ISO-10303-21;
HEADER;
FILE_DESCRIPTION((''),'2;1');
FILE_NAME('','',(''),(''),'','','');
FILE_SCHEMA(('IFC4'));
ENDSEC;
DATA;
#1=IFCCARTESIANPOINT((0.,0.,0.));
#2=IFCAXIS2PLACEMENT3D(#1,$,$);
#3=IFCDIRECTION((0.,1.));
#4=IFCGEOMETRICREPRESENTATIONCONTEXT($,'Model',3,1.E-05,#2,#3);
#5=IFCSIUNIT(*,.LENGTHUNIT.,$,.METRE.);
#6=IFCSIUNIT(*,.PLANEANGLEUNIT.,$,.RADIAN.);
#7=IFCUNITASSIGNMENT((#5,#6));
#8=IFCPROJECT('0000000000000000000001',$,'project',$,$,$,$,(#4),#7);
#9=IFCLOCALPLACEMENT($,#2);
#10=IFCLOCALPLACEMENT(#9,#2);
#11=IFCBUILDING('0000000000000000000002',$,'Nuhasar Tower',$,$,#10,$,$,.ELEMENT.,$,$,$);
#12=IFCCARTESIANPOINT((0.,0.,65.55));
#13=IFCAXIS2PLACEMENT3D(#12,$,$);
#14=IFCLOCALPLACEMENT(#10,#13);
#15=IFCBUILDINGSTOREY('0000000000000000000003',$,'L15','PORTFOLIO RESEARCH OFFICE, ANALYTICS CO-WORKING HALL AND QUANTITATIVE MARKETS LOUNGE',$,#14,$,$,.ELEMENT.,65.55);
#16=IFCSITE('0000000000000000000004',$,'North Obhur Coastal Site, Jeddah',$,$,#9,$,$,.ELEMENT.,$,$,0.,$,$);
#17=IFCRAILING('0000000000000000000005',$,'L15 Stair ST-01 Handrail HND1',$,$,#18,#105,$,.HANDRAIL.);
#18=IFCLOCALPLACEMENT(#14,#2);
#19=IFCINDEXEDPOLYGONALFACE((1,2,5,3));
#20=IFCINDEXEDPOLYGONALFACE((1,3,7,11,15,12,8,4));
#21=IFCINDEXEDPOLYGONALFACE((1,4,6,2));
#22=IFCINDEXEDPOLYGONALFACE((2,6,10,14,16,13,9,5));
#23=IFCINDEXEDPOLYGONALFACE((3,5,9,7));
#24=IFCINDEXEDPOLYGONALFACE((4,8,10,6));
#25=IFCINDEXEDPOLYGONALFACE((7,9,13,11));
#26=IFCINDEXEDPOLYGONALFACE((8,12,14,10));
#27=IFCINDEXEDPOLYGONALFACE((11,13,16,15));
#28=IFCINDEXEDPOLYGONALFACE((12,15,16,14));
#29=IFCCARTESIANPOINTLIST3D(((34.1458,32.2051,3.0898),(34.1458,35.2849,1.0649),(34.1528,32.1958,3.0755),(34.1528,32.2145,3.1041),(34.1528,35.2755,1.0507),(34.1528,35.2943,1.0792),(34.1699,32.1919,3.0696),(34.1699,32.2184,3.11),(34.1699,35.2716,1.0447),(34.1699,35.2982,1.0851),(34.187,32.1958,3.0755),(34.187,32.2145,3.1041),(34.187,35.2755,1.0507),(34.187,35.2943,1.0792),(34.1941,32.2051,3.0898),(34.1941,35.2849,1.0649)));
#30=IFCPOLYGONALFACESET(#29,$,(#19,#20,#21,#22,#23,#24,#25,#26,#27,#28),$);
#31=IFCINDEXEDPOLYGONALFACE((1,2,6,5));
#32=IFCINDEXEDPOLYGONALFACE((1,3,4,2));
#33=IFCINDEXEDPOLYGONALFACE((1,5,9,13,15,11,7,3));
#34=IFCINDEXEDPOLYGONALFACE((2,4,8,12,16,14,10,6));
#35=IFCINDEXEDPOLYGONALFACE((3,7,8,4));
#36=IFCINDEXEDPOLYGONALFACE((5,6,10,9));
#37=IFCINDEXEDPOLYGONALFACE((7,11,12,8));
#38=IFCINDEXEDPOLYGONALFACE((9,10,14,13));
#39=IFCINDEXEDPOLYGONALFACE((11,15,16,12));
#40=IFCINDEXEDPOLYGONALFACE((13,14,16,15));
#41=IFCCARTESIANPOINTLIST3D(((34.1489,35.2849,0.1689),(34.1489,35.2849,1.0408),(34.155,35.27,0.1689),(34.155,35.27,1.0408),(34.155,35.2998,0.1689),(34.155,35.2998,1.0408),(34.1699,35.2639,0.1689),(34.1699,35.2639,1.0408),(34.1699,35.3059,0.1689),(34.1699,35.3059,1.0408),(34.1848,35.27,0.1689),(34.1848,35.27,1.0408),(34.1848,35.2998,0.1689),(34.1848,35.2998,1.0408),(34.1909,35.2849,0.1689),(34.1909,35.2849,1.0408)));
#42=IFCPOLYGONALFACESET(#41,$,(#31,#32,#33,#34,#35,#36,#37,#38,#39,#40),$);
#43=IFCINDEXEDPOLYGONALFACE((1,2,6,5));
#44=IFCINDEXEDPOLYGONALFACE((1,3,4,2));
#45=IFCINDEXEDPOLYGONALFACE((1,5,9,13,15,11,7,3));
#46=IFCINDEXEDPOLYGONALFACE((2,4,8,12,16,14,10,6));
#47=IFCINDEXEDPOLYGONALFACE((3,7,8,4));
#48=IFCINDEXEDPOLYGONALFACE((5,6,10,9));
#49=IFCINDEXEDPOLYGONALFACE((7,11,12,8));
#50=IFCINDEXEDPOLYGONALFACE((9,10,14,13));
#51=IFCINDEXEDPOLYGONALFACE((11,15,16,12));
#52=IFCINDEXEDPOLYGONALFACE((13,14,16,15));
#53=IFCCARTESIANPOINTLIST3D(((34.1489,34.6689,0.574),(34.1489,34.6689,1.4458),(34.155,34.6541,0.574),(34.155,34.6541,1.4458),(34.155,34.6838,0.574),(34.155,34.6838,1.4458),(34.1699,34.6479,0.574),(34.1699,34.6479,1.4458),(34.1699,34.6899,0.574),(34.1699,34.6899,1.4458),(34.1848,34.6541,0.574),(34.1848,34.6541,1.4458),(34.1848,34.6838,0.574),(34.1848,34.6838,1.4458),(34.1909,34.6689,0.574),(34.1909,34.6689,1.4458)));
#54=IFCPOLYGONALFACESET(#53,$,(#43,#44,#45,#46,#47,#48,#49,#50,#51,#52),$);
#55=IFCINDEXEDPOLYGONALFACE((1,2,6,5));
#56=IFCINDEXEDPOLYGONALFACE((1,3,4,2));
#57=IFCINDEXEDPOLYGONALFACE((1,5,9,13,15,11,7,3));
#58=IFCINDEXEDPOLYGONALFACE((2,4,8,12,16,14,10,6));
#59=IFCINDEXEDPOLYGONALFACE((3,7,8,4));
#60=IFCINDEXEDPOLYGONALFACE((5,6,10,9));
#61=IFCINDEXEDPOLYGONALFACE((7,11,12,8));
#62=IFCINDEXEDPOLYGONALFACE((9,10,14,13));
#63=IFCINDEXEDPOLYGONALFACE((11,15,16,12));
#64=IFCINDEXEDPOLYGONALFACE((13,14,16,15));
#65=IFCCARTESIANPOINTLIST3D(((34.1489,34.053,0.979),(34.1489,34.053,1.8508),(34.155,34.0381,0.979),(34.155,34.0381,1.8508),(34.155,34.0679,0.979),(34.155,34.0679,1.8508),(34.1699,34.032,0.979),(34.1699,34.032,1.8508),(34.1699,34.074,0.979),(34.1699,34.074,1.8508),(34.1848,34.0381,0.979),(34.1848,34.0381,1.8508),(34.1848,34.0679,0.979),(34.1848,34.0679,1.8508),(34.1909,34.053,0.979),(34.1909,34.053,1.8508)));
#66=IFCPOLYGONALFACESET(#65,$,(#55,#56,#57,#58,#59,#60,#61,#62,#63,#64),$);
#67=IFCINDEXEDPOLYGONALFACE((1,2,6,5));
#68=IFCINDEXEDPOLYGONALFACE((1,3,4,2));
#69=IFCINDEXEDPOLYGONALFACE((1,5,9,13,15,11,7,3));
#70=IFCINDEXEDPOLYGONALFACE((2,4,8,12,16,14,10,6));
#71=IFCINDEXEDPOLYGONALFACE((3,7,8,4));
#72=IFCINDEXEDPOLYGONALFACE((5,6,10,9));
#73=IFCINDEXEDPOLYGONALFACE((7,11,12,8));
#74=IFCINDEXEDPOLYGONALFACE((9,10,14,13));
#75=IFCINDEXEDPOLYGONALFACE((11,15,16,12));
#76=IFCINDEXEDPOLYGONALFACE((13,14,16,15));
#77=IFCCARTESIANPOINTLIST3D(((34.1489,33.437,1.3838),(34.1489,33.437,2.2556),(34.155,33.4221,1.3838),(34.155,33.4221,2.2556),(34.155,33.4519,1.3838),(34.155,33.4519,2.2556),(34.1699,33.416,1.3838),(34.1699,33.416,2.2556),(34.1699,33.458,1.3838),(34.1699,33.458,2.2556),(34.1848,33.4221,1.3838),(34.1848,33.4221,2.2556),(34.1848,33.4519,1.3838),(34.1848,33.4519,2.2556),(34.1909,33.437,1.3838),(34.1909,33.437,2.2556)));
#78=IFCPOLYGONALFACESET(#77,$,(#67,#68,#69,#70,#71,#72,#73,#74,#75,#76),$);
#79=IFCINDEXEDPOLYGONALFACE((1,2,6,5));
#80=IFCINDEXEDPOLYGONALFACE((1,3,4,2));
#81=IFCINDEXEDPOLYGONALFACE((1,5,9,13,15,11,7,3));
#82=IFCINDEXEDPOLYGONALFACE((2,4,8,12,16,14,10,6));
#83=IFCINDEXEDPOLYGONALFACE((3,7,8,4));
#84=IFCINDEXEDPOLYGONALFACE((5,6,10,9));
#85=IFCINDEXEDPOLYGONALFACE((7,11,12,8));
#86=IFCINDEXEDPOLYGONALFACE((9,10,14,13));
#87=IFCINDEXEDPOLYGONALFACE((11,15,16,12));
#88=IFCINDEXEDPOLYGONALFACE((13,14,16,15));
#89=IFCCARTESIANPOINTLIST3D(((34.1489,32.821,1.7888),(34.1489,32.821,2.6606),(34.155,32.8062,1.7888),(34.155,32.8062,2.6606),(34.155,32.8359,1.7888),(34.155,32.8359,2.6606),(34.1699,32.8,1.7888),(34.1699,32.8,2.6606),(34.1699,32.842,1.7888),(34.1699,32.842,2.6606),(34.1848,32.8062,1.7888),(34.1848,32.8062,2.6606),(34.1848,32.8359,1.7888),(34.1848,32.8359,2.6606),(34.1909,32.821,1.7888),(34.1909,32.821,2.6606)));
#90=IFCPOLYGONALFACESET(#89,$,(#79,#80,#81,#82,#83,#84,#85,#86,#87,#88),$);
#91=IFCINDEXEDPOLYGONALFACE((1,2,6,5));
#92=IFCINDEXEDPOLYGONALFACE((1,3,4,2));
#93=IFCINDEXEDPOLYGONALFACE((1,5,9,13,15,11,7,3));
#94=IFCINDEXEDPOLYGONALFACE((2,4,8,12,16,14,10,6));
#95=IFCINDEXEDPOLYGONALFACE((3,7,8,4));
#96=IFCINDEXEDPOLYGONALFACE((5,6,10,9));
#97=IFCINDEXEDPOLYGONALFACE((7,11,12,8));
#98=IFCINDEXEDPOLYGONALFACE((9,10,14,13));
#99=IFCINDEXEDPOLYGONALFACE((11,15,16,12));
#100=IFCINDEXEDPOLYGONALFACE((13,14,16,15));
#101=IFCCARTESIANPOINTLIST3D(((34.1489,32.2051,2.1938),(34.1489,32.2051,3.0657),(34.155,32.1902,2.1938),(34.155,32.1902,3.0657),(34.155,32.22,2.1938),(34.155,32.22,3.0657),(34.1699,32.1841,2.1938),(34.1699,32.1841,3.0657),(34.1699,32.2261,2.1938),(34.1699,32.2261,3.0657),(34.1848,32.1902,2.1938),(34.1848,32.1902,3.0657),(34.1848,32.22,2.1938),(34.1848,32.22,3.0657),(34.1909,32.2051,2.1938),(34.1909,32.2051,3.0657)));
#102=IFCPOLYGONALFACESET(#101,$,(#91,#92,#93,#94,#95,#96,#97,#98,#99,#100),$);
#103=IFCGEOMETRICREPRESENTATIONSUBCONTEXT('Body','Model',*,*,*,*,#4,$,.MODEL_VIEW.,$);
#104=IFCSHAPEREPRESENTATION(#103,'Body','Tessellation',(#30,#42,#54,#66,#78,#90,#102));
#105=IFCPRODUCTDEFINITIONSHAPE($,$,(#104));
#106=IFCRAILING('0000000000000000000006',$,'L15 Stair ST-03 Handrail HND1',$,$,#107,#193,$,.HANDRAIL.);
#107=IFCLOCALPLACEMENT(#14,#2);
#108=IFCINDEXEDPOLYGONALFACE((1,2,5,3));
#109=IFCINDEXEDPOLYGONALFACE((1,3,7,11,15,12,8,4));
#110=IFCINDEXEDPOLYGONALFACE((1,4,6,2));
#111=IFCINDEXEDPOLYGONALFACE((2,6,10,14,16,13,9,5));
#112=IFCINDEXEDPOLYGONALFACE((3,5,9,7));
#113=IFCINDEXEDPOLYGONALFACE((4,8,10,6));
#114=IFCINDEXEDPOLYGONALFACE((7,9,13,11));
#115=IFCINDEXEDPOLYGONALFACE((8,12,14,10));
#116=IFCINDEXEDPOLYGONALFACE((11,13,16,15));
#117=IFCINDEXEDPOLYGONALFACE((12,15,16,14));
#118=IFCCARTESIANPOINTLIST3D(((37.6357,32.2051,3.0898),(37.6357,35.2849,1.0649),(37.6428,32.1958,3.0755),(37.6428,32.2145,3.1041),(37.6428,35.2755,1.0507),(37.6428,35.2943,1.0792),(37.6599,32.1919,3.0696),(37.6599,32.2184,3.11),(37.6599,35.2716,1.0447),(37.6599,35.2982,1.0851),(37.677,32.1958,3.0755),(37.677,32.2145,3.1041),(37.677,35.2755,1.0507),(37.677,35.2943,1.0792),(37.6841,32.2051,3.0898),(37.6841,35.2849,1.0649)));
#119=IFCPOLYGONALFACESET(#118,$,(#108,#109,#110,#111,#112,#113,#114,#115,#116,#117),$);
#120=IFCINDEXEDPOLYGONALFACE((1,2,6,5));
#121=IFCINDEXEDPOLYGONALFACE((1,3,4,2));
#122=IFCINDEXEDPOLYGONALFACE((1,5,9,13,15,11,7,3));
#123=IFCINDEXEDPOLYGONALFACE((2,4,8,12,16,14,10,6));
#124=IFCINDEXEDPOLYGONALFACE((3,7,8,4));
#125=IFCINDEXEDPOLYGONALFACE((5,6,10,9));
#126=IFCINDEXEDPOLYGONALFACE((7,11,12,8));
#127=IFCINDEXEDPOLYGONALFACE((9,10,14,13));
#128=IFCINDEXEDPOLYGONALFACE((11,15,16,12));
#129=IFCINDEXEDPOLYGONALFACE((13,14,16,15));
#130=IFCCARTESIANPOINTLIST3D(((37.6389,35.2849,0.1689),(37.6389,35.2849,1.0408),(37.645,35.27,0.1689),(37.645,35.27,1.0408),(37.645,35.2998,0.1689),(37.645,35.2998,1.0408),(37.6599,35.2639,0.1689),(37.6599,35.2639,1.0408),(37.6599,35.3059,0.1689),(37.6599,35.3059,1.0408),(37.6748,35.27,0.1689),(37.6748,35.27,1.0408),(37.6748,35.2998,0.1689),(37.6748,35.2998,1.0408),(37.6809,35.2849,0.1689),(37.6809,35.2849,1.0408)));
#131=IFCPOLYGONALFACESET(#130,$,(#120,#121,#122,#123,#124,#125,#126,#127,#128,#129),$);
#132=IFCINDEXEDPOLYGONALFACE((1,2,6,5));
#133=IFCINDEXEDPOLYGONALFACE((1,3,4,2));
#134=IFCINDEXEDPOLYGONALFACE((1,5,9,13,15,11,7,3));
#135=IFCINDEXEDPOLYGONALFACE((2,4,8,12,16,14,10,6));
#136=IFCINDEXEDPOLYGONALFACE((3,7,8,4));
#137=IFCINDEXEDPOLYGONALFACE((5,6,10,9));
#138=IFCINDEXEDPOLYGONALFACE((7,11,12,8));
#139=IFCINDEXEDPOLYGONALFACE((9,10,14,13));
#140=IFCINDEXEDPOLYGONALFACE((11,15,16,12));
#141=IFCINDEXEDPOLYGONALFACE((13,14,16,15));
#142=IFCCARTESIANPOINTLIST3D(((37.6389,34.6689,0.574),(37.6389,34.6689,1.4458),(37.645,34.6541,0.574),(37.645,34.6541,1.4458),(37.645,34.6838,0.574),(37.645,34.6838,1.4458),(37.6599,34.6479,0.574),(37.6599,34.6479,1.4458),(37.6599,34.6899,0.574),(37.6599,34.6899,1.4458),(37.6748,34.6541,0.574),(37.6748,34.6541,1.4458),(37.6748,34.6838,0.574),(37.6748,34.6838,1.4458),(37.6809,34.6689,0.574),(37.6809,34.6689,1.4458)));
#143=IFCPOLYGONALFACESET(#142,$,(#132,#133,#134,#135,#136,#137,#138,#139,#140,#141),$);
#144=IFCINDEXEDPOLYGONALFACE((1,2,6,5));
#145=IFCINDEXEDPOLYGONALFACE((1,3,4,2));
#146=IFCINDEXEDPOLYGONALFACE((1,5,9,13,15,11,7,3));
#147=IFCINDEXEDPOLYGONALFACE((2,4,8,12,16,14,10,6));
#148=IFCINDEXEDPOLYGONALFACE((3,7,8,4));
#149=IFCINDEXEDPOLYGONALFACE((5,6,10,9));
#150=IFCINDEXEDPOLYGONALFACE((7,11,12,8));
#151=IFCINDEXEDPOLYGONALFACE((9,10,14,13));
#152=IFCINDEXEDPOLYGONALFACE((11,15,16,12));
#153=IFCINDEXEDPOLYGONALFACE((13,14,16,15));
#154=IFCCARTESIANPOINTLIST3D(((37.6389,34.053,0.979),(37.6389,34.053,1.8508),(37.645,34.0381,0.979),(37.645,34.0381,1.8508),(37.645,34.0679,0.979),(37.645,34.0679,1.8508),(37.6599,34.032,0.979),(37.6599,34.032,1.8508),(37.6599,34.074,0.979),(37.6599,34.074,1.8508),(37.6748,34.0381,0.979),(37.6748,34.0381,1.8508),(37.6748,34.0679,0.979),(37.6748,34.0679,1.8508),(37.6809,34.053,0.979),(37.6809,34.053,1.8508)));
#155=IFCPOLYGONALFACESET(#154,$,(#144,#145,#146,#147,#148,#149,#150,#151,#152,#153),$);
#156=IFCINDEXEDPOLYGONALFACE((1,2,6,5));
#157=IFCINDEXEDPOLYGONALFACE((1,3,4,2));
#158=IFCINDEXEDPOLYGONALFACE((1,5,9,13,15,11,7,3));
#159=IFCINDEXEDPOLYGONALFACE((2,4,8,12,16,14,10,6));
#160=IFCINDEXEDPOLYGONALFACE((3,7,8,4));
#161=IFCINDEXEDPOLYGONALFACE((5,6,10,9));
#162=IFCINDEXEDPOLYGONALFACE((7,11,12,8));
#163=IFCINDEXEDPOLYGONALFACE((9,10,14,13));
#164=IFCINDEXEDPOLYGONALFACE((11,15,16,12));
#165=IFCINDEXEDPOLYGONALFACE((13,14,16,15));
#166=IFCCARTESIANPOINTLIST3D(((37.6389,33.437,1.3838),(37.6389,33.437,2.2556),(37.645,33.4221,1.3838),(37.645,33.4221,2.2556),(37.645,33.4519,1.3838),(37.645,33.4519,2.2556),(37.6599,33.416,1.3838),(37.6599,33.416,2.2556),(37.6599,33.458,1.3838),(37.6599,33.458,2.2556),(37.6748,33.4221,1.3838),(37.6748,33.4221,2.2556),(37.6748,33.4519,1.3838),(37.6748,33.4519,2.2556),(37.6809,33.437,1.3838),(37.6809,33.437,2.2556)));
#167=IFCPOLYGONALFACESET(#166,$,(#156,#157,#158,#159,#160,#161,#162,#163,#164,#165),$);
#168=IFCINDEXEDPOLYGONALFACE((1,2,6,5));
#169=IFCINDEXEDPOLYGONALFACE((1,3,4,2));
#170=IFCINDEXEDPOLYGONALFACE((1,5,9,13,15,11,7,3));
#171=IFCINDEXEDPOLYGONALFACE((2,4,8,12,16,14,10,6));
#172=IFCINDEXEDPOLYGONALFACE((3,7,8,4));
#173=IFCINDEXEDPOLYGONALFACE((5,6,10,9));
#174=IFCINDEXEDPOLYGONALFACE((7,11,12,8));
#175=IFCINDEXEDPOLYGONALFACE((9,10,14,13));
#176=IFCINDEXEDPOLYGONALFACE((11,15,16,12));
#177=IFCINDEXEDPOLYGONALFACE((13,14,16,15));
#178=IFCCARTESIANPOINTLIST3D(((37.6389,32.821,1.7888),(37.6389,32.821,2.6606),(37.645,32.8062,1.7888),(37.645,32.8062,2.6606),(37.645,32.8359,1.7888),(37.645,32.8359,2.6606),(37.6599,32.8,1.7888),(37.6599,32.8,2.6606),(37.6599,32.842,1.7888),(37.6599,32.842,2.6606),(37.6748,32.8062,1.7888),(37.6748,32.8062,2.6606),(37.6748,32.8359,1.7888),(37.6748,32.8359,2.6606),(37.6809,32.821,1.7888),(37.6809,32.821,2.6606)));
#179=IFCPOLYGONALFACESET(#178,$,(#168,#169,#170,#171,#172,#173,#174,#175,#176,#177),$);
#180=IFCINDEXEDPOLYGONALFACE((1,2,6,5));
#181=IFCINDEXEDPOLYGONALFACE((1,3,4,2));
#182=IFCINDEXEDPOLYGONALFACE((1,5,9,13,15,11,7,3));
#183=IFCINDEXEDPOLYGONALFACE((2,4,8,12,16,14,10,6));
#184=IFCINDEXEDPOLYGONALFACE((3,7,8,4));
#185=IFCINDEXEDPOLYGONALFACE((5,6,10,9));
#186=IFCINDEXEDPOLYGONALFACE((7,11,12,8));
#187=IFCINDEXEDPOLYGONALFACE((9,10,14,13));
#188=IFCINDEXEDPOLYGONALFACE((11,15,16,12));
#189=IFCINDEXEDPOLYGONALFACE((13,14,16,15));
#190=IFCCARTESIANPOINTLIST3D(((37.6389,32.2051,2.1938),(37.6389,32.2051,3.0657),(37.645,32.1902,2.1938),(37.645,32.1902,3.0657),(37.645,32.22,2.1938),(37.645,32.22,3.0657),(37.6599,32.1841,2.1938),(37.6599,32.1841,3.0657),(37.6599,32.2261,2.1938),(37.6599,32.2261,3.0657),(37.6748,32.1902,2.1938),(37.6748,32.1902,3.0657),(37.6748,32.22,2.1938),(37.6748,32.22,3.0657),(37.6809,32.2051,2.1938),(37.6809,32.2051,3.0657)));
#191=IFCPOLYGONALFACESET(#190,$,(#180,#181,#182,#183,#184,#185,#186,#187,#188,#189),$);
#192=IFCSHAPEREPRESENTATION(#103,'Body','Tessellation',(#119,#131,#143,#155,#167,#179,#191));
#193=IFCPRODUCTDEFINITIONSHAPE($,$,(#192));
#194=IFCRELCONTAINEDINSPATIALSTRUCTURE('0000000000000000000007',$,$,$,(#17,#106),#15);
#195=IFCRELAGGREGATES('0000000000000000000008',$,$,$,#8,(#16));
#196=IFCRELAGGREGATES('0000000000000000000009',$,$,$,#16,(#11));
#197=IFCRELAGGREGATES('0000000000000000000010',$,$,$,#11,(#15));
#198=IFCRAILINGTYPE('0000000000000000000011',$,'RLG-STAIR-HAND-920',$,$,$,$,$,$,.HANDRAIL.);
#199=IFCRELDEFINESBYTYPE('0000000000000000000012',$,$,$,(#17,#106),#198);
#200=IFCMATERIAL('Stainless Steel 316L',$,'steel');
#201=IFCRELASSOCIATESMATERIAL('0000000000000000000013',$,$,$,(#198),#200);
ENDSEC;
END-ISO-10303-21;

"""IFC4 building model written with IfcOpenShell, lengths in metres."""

from ifc_helpers import new_model, si_unit, direction, frame, origin, place, context, subcontext, project, spatial, polyline, outline, extrude, material, type_object, element, save


model = new_model("IFC4")

# Units and contexts
model_context = context("Model", 3, precision=1e-05, world=origin(), true_north=direction((0.0, 1.0)))
body_context = subcontext(model_context, "Body", "Model", "MODEL_VIEW")
ifc_project = project(units=[si_unit("LENGTHUNIT", "METRE"), si_unit("PLANEANGLEUNIT", "RADIAN")], contexts=[model_context])

# Site, building, storey
site_placement = place(None, origin())
site = spatial("IfcSite", under=ifc_project, at=site_placement, Name="North Obhur Coastal Site, Jeddah", CompositionType="ELEMENT", RefElevation=0.0)
building_placement = place(site_placement, origin())
building = spatial("IfcBuilding", under=site, at=building_placement, Name="Nuhasar Tower", CompositionType="ELEMENT")
storey_placement = place(building_placement, frame((0.0, 0.0, 65.55)))
storey = spatial("IfcBuildingStorey", under=building, at=storey_placement, Name="L15", Description="PORTFOLIO RESEARCH OFFICE, ANALYTICS CO-WORKING HALL AND QUANTITATIVE MARKETS LOUNGE", CompositionType="ELEMENT", Elevation=65.55)

# Railings
ifc_material_1 = material(Name="Stainless Steel 316L", Category="steel")
railing_type_1 = type_object("IfcRailingType", Name="RLG-STAIR-HAND-920", PredefinedType="HANDRAIL", material=ifc_material_1)
railing_1_placement = place(storey_placement, frame((34.1699, 35.2849, 0.1689)))
element("IfcRailing", 1, at=railing_1_placement, inside=storey, type_object=railing_type_1, Name="L15 Stair ST-01 Handrail HND1", PredefinedType="HANDRAIL", context=body_context, shape_type="SweptSolid", body=[
    extrude(outline(polyline([(0.0242, 0.0), (0.0171, 0.0171), (0.0, 0.0242), (-0.0171, 0.0171), (-0.0242, 0.0), (-0.0171, -0.0171), (0.0, -0.0242), (0.0171, -0.0171), (0.0242, 0.0)])), frame((0.0, 0.0, 0.896), z_axis=(0.0, -0.83558, 0.54937), x_axis=(1.0, 0.0, 0.0)), (0.0, 0.0, 1.0), 3.6858),
    extrude(outline(polyline([(0.021, 0.0), (0.0149, 0.0149), (0.0, 0.021), (-0.0149, 0.0149), (-0.021, 0.0), (-0.0149, -0.0149), (0.0, -0.021), (0.0149, -0.0149), (0.021, 0.0)])), origin(), (0.0, 0.0, 1.0), 0.8718),
    extrude(outline(polyline([(0.021, 0.0), (0.0149, 0.0149), (0.0, 0.021), (-0.0149, 0.0149), (-0.021, 0.0), (-0.0149, -0.0149), (0.0, -0.021), (0.0149, -0.0149), (0.021, 0.0)])), frame((0.0, -0.616, 0.405)), (0.0, 0.0, 1.0), 0.8718),
    extrude(outline(polyline([(0.021, 0.0), (0.0149, 0.0149), (0.0, 0.021), (-0.0149, 0.0149), (-0.021, 0.0), (-0.0149, -0.0149), (0.0, -0.021), (0.0149, -0.0149), (0.021, 0.0)])), frame((0.0, -1.2319, 0.8101)), (0.0, 0.0, 1.0), 0.8718),
    extrude(outline(polyline([(0.021, 0.0), (0.0149, 0.0149), (0.0, 0.021), (-0.0149, 0.0149), (-0.021, 0.0), (-0.0149, -0.0149), (0.0, -0.021), (0.0149, -0.0149), (0.021, 0.0)])), frame((0.0, -1.8479, 1.2148)), (0.0, 0.0, 1.0), 0.8718),
    extrude(outline(polyline([(0.021, 0.0), (0.0149, 0.0149), (0.0, 0.021), (-0.0149, 0.0149), (-0.021, 0.0), (-0.0149, -0.0149), (0.0, -0.021), (0.0149, -0.0149), (0.021, 0.0)])), frame((0.0, -2.4639, 1.6199)), (0.0, 0.0, 1.0), 0.8718),
    extrude(outline(polyline([(0.021, 0.0), (0.0149, 0.0149), (0.0, 0.021), (-0.0149, 0.0149), (-0.021, 0.0), (-0.0149, -0.0149), (0.0, -0.021), (0.0149, -0.0149), (0.021, 0.0)])), frame((0.0, -3.0798, 2.0249)), (0.0, 0.0, 1.0), 0.8718),
])
railing_2_placement = place(storey_placement, frame((37.6599, 35.2849, 0.1689)))
element("IfcRailing", 2, at=railing_2_placement, inside=storey, type_object=railing_type_1, Name="L15 Stair ST-03 Handrail HND1", PredefinedType="HANDRAIL", context=body_context, shape_type="SweptSolid", body=[
    extrude(outline(polyline([(0.0242, 0.0), (0.0171, 0.0171), (0.0, 0.0242), (-0.0171, 0.0171), (-0.0242, 0.0), (-0.0171, -0.0171), (0.0, -0.0242), (0.0171, -0.0171), (0.0242, 0.0)])), frame((0.0, 0.0, 0.896), z_axis=(0.0, -0.83558, 0.54937), x_axis=(1.0, 0.0, 0.0)), (0.0, 0.0, 1.0), 3.6858),
    extrude(outline(polyline([(0.021, 0.0), (0.0149, 0.0149), (0.0, 0.021), (-0.0149, 0.0149), (-0.021, 0.0), (-0.0149, -0.0149), (0.0, -0.021), (0.0149, -0.0149), (0.021, 0.0)])), origin(), (0.0, 0.0, 1.0), 0.8718),
    extrude(outline(polyline([(0.021, 0.0), (0.0149, 0.0149), (0.0, 0.021), (-0.0149, 0.0149), (-0.021, 0.0), (-0.0149, -0.0149), (0.0, -0.021), (0.0149, -0.0149), (0.021, 0.0)])), frame((0.0, -0.616, 0.405)), (0.0, 0.0, 1.0), 0.8718),
    extrude(outline(polyline([(0.021, 0.0), (0.0149, 0.0149), (0.0, 0.021), (-0.0149, 0.0149), (-0.021, 0.0), (-0.0149, -0.0149), (0.0, -0.021), (0.0149, -0.0149), (0.021, 0.0)])), frame((0.0, -1.2319, 0.8101)), (0.0, 0.0, 1.0), 0.8718),
    extrude(outline(polyline([(0.021, 0.0), (0.0149, 0.0149), (0.0, 0.021), (-0.0149, 0.0149), (-0.021, 0.0), (-0.0149, -0.0149), (0.0, -0.021), (0.0149, -0.0149), (0.021, 0.0)])), frame((0.0, -1.8479, 1.2148)), (0.0, 0.0, 1.0), 0.8718),
    extrude(outline(polyline([(0.021, 0.0), (0.0149, 0.0149), (0.0, 0.021), (-0.0149, 0.0149), (-0.021, 0.0), (-0.0149, -0.0149), (0.0, -0.021), (0.0149, -0.0149), (0.021, 0.0)])), frame((0.0, -2.4639, 1.6199)), (0.0, 0.0, 1.0), 0.8718),
    extrude(outline(polyline([(0.021, 0.0), (0.0149, 0.0149), (0.0, 0.021), (-0.0149, 0.0149), (-0.021, 0.0), (-0.0149, -0.0149), (0.0, -0.021), (0.0149, -0.0149), (0.021, 0.0)])), frame((0.0, -3.0798, 2.0249)), (0.0, 0.0, 1.0), 0.8718),
])

save(model, "model.ifc")
